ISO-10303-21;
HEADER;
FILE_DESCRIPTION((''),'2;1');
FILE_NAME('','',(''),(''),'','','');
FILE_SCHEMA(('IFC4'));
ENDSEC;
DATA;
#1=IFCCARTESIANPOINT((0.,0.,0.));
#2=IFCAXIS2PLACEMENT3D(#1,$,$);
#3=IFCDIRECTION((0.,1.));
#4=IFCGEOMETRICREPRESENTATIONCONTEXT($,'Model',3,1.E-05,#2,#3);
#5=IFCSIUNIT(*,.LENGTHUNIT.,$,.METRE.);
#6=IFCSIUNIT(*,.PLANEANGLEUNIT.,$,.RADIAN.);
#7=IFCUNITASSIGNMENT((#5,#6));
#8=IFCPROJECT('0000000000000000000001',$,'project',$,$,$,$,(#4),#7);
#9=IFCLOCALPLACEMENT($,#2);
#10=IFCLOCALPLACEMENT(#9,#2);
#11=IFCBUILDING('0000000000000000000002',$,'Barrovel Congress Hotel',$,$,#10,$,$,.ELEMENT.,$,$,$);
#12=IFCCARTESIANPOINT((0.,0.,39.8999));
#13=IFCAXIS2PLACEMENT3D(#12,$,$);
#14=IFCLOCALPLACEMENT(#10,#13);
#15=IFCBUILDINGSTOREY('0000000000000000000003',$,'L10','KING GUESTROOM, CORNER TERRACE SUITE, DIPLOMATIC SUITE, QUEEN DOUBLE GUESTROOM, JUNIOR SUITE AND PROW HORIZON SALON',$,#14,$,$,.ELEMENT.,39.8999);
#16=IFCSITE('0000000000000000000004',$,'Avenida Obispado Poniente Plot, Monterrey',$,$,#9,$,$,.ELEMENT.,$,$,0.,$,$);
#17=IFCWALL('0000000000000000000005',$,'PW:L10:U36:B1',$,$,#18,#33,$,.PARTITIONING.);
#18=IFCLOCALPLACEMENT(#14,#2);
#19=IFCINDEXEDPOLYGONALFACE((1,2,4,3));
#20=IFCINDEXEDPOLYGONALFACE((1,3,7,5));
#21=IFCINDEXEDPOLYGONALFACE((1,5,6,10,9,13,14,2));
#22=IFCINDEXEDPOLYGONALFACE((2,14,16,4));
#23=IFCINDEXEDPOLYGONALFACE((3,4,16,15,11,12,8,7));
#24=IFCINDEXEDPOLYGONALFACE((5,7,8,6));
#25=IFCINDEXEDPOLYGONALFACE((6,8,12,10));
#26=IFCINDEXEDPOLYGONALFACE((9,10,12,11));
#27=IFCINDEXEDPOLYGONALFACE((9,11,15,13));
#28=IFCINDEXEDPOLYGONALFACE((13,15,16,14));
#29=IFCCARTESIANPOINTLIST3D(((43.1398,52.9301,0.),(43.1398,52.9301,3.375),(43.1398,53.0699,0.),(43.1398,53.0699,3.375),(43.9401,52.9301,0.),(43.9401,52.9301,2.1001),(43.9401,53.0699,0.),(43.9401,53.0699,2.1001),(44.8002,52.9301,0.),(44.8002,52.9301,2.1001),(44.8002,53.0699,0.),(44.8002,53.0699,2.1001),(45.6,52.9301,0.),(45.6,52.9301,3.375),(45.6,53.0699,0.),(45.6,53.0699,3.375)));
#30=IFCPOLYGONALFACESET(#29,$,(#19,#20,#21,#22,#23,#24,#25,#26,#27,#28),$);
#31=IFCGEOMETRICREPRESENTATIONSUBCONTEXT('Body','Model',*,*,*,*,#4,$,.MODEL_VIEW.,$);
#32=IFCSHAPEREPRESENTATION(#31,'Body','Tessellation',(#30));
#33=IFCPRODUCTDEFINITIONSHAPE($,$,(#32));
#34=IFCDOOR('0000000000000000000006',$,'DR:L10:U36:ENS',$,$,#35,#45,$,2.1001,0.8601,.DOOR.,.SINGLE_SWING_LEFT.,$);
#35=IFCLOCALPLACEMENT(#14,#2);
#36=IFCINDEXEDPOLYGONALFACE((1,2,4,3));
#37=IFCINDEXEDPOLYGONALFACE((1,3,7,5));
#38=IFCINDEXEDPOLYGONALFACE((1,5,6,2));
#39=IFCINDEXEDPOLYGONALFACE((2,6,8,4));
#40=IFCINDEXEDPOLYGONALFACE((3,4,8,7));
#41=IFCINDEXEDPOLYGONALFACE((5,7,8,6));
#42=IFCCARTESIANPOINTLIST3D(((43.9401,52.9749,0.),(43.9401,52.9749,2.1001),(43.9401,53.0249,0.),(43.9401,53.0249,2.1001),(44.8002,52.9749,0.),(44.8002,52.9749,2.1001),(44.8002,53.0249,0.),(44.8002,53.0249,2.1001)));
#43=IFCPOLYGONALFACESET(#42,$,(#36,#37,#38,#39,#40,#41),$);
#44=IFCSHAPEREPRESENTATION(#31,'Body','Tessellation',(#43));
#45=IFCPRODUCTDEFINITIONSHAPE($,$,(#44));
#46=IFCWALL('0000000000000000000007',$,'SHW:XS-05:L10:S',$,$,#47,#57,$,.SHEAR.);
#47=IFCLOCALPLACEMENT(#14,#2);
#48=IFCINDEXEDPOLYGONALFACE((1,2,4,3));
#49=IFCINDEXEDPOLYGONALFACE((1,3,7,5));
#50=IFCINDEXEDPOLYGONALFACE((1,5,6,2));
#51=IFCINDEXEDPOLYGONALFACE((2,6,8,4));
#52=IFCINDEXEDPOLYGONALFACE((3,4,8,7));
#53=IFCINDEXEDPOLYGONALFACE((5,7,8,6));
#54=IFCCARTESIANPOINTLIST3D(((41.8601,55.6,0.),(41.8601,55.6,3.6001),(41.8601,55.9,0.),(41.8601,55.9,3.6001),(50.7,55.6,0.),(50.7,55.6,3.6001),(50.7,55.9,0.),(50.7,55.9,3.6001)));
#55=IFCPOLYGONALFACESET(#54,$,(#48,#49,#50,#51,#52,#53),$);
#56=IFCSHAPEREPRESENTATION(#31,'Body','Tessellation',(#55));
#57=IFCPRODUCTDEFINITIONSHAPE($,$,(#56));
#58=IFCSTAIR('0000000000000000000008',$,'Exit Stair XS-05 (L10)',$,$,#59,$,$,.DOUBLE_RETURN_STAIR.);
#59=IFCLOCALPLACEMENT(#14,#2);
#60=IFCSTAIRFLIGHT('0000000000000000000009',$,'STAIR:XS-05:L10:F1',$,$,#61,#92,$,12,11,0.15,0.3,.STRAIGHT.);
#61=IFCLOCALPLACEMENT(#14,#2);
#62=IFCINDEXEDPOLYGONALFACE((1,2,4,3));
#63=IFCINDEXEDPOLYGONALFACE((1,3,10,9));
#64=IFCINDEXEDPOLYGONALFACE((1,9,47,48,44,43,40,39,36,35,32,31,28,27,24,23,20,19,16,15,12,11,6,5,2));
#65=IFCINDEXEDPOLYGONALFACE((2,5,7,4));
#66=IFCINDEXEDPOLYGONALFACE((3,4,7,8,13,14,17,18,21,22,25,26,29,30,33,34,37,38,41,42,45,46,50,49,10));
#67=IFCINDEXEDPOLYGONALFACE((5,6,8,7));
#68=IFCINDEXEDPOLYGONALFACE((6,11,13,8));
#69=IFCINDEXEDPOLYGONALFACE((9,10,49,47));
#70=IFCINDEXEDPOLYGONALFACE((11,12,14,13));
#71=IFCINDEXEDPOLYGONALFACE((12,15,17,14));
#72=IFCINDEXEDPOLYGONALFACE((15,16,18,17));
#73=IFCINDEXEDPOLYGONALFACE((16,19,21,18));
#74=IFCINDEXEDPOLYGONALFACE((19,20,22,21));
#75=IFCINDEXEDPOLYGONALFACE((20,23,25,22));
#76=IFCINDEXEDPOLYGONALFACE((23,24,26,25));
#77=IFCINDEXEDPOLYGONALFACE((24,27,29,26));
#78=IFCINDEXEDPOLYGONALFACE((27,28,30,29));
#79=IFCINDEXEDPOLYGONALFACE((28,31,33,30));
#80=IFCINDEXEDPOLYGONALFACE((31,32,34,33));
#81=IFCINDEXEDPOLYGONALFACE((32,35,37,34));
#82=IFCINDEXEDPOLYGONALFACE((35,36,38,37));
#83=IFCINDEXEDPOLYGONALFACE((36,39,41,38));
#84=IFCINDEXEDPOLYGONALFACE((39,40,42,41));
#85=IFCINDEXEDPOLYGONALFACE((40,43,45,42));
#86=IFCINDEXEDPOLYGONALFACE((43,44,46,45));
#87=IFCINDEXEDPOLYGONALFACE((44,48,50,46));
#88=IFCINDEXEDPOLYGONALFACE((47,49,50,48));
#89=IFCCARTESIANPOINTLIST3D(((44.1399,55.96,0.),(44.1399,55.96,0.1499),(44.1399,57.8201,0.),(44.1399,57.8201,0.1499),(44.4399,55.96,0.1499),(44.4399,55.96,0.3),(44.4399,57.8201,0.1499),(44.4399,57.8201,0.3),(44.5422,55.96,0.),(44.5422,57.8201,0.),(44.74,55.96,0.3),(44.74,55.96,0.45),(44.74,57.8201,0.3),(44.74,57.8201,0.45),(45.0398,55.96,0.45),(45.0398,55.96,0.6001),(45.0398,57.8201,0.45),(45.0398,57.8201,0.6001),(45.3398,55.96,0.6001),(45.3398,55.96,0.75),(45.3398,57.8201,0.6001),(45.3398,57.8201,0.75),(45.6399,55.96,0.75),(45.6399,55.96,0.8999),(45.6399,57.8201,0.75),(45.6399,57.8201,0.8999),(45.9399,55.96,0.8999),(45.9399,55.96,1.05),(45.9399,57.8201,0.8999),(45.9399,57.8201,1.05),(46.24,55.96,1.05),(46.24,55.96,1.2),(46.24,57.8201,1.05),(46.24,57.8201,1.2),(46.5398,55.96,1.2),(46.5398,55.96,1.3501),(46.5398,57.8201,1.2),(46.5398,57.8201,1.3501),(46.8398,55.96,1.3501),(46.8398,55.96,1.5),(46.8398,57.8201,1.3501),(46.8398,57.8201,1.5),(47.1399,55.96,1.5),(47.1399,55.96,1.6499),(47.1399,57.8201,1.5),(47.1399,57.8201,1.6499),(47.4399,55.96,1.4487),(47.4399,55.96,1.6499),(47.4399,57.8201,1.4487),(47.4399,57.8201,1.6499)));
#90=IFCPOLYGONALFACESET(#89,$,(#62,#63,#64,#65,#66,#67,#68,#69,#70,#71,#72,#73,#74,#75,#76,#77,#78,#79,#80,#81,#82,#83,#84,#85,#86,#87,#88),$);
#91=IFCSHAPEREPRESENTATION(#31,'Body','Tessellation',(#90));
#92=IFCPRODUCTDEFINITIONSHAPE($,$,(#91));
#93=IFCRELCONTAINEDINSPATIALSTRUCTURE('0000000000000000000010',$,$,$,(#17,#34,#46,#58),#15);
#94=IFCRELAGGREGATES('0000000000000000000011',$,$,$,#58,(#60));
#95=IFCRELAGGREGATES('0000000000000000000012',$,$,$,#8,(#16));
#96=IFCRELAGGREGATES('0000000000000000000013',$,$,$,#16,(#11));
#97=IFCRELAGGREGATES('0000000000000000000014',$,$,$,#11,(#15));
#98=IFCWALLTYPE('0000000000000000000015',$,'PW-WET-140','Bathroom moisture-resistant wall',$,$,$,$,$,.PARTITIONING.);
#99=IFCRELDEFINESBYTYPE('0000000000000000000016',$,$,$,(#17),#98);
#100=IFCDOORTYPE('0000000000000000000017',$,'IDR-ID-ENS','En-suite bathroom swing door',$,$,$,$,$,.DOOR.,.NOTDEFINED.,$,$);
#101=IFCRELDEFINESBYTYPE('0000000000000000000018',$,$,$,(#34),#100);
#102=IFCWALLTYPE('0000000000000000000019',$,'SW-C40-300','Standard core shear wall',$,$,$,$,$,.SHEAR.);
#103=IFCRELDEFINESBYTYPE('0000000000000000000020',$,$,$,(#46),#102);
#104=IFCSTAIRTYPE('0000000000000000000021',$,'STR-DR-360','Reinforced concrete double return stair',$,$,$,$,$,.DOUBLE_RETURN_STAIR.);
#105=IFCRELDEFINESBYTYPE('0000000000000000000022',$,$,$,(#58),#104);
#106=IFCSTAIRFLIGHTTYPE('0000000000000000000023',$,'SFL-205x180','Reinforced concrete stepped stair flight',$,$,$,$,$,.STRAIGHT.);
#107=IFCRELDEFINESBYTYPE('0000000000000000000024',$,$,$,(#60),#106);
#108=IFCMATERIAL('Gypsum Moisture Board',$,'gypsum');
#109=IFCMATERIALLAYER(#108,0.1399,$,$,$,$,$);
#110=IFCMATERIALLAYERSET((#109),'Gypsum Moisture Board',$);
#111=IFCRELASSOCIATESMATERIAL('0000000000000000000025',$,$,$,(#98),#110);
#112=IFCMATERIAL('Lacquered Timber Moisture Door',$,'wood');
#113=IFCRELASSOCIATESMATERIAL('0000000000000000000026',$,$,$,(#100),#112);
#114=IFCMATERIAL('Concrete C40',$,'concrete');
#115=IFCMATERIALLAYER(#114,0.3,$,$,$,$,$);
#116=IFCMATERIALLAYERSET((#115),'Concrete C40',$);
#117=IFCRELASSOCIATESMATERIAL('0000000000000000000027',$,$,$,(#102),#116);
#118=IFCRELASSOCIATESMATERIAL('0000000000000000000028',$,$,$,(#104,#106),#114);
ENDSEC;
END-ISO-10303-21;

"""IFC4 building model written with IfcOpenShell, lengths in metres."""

from ifc_helpers import new_model, si_unit, direction, frame, frame_2d, origin, place, context, subcontext, project, spatial, polyline, rectangle, outline, extrude, material, layer, layer_set, type_object, element, fill, aggregate, save


model = new_model("IFC4")

# Units and contexts
model_context = context("Model", 3, precision=1e-05, world=origin(), true_north=direction((0.0, 1.0)))
body_context = subcontext(model_context, "Body", "Model", "MODEL_VIEW")
ifc_project = project(units=[si_unit("LENGTHUNIT", "METRE"), si_unit("PLANEANGLEUNIT", "RADIAN")], contexts=[model_context])

# Site, building, storey
site_placement = place(None, origin())
site = spatial("IfcSite", under=ifc_project, at=site_placement, Name="Avenida Obispado Poniente Plot, Monterrey", CompositionType="ELEMENT", RefElevation=0.0)
building_placement = place(site_placement, origin())
building = spatial("IfcBuilding", under=site, at=building_placement, Name="Barrovel Congress Hotel", CompositionType="ELEMENT")
storey_placement = place(building_placement, frame((0.0, 0.0, 39.8999)))
storey = spatial("IfcBuildingStorey", under=building, at=storey_placement, Name="L10", Description="KING GUESTROOM, CORNER TERRACE SUITE, DIPLOMATIC SUITE, QUEEN DOUBLE GUESTROOM, JUNIOR SUITE AND PROW HORIZON SALON", CompositionType="ELEMENT", Elevation=39.8999)

# Shared definitions
ifc_material_1 = material(Name="Concrete C40", Category="concrete")

# Wall, opening, door
ifc_material_2 = material(Name="Gypsum Moisture Board", Category="gypsum")
ifc_layer_1 = layer(ifc_material_2, 0.1399)
ifc_layer_set_1 = layer_set([ifc_layer_1], Name="Gypsum Moisture Board")
wall_type_1 = type_object("IfcWallType", Name="PW-WET-140", Description="Bathroom moisture-resistant wall", PredefinedType="PARTITIONING", material=ifc_layer_set_1)
wall_1_placement = place(storey_placement, frame((43.1399, 53.0, 0.0), z_axis=(0.0, 0.0, 1.0), x_axis=(1.0, 0.0, 0.0)))
wall_1 = element("IfcWall", 1, at=wall_1_placement, inside=storey, type_object=wall_type_1, Name="PW:L10:U36:B1", PredefinedType="PARTITIONING", context=body_context, shape_type="SweptSolid", body=[
    extrude(rectangle(XDim=2.4602, YDim=0.1399, at=frame_2d((1.23, 0.0))), origin(), (0.0, 0.0, 1.0), 3.375),
])
opening_1_placement = place(wall_1_placement, frame((0.8, 0.0, 0.0)))
opening_1 = element("IfcOpeningElement", 2, at=opening_1_placement, cuts=wall_1, PredefinedType="OPENING", context=body_context, shape_type="SweptSolid", body=[
    extrude(rectangle(XDim=0.8601, YDim=2.1001, at=frame_2d((0.4302, 1.05))), frame((0.0, 0.0801, 0.0), z_axis=(0.0, -1.0, 0.0), x_axis=(1.0, 0.0, 0.0)), (0.0, 0.0, 1.0), 0.1599),
])
ifc_material_3 = material(Name="Lacquered Timber Moisture Door", Category="wood")
door_type_1 = type_object("IfcDoorType", Name="IDR-ID-ENS", Description="En-suite bathroom swing door", OperationType="NOTDEFINED", PredefinedType="DOOR", material=ifc_material_3)
door_1_placement = place(opening_1_placement, origin())
door_1 = element("IfcDoor", 3, at=door_1_placement, inside=storey, type_object=door_type_1, Name="DR:L10:U36:ENS", OperationType="SINGLE_SWING_LEFT", OverallHeight=2.1001, OverallWidth=0.8601, PredefinedType="DOOR", context=body_context, shape_type="SweptSolid", body=[
    extrude(rectangle(XDim=0.8601, YDim=2.1001, at=frame_2d((0.4302, 1.05))), frame((0.0, 0.0249, 0.0), z_axis=(0.0, -1.0, 0.0), x_axis=(1.0, 0.0, 0.0)), (0.0, 0.0, 1.0), 0.05),
])
fill(opening_1, door_1)

# Wall
ifc_layer_2 = layer(ifc_material_1, 0.3)
ifc_layer_set_2 = layer_set([ifc_layer_2], Name="Concrete C40")
wall_type_2 = type_object("IfcWallType", Name="SW-C40-300", Description="Standard core shear wall", PredefinedType="SHEAR", material=ifc_layer_set_2)
wall_2_placement = place(storey_placement, frame((41.8601, 55.75, 0.0), z_axis=(0.0, 0.0, 1.0), x_axis=(1.0, 0.0, 0.0)))
element("IfcWall", 4, at=wall_2_placement, inside=storey, type_object=wall_type_2, Name="SHW:XS-05:L10:S", PredefinedType="SHEAR", context=body_context, shape_type="SweptSolid", body=[
    extrude(rectangle(XDim=8.8398, YDim=0.3, at=frame_2d((4.4199, 0.0))), origin(), (0.0, 0.0, 1.0), 3.6001),
])

# Stair, stair flight
stair_type = type_object("IfcStairType", Name="STR-DR-360", Description="Reinforced concrete double return stair", PredefinedType="DOUBLE_RETURN_STAIR", material=ifc_material_1)
stair_placement = place(storey_placement, origin())
stair = element("IfcStair", 5, at=stair_placement, inside=storey, type_object=stair_type, Name="Exit Stair XS-05 (L10)", PredefinedType="DOUBLE_RETURN_STAIR")
stair_flight_type = type_object("IfcStairFlightType", Name="SFL-205x180", Description="Reinforced concrete stepped stair flight", PredefinedType="STRAIGHT", material=ifc_material_1)
stair_flight_placement = place(storey_placement, frame((44.1399, 56.8899, 0.0), z_axis=(0.0, 0.0, 1.0), x_axis=(1.0, 0.0, 0.0)))
stair_flight = element("IfcStairFlight", 6, at=stair_flight_placement, type_object=stair_flight_type, Name="STAIR:XS-05:L10:F1", NumberOfRisers=12, NumberOfTreads=11, PredefinedType="STRAIGHT", RiserHeight=0.15, TreadLength=0.3, context=body_context, shape_type="SweptSolid", body=[
    extrude(outline(polyline([(0.0, 0.0), (0.0, 0.1499), (0.3, 0.1499), (0.3, 0.3), (0.6001, 0.3), (0.6001, 0.45), (0.8999, 0.45), (0.8999, 0.6001), (1.2, 0.6001), (1.2, 0.75), (1.5, 0.75), (1.5, 0.8999), (1.8, 0.8999), (1.8, 1.05), (2.1001, 1.05), (2.1001, 1.2), (2.3999, 1.2), (2.3999, 1.3501), (2.7, 1.3501), (2.7, 1.5), (3.0, 1.5), (3.0, 1.6499), (3.3, 1.6499), (3.3, 1.8), (3.3, 1.4487), (0.4023, 0.0), (0.0, 0.0)])), frame((0.0, 0.9302, 0.0), z_axis=(0.0, -1.0, 0.0), x_axis=(1.0, 0.0, 0.0)), (0.0, 0.0, 1.0), 1.8601),
])
aggregate(stair, [stair_flight])

save(model, "model.ifc")
